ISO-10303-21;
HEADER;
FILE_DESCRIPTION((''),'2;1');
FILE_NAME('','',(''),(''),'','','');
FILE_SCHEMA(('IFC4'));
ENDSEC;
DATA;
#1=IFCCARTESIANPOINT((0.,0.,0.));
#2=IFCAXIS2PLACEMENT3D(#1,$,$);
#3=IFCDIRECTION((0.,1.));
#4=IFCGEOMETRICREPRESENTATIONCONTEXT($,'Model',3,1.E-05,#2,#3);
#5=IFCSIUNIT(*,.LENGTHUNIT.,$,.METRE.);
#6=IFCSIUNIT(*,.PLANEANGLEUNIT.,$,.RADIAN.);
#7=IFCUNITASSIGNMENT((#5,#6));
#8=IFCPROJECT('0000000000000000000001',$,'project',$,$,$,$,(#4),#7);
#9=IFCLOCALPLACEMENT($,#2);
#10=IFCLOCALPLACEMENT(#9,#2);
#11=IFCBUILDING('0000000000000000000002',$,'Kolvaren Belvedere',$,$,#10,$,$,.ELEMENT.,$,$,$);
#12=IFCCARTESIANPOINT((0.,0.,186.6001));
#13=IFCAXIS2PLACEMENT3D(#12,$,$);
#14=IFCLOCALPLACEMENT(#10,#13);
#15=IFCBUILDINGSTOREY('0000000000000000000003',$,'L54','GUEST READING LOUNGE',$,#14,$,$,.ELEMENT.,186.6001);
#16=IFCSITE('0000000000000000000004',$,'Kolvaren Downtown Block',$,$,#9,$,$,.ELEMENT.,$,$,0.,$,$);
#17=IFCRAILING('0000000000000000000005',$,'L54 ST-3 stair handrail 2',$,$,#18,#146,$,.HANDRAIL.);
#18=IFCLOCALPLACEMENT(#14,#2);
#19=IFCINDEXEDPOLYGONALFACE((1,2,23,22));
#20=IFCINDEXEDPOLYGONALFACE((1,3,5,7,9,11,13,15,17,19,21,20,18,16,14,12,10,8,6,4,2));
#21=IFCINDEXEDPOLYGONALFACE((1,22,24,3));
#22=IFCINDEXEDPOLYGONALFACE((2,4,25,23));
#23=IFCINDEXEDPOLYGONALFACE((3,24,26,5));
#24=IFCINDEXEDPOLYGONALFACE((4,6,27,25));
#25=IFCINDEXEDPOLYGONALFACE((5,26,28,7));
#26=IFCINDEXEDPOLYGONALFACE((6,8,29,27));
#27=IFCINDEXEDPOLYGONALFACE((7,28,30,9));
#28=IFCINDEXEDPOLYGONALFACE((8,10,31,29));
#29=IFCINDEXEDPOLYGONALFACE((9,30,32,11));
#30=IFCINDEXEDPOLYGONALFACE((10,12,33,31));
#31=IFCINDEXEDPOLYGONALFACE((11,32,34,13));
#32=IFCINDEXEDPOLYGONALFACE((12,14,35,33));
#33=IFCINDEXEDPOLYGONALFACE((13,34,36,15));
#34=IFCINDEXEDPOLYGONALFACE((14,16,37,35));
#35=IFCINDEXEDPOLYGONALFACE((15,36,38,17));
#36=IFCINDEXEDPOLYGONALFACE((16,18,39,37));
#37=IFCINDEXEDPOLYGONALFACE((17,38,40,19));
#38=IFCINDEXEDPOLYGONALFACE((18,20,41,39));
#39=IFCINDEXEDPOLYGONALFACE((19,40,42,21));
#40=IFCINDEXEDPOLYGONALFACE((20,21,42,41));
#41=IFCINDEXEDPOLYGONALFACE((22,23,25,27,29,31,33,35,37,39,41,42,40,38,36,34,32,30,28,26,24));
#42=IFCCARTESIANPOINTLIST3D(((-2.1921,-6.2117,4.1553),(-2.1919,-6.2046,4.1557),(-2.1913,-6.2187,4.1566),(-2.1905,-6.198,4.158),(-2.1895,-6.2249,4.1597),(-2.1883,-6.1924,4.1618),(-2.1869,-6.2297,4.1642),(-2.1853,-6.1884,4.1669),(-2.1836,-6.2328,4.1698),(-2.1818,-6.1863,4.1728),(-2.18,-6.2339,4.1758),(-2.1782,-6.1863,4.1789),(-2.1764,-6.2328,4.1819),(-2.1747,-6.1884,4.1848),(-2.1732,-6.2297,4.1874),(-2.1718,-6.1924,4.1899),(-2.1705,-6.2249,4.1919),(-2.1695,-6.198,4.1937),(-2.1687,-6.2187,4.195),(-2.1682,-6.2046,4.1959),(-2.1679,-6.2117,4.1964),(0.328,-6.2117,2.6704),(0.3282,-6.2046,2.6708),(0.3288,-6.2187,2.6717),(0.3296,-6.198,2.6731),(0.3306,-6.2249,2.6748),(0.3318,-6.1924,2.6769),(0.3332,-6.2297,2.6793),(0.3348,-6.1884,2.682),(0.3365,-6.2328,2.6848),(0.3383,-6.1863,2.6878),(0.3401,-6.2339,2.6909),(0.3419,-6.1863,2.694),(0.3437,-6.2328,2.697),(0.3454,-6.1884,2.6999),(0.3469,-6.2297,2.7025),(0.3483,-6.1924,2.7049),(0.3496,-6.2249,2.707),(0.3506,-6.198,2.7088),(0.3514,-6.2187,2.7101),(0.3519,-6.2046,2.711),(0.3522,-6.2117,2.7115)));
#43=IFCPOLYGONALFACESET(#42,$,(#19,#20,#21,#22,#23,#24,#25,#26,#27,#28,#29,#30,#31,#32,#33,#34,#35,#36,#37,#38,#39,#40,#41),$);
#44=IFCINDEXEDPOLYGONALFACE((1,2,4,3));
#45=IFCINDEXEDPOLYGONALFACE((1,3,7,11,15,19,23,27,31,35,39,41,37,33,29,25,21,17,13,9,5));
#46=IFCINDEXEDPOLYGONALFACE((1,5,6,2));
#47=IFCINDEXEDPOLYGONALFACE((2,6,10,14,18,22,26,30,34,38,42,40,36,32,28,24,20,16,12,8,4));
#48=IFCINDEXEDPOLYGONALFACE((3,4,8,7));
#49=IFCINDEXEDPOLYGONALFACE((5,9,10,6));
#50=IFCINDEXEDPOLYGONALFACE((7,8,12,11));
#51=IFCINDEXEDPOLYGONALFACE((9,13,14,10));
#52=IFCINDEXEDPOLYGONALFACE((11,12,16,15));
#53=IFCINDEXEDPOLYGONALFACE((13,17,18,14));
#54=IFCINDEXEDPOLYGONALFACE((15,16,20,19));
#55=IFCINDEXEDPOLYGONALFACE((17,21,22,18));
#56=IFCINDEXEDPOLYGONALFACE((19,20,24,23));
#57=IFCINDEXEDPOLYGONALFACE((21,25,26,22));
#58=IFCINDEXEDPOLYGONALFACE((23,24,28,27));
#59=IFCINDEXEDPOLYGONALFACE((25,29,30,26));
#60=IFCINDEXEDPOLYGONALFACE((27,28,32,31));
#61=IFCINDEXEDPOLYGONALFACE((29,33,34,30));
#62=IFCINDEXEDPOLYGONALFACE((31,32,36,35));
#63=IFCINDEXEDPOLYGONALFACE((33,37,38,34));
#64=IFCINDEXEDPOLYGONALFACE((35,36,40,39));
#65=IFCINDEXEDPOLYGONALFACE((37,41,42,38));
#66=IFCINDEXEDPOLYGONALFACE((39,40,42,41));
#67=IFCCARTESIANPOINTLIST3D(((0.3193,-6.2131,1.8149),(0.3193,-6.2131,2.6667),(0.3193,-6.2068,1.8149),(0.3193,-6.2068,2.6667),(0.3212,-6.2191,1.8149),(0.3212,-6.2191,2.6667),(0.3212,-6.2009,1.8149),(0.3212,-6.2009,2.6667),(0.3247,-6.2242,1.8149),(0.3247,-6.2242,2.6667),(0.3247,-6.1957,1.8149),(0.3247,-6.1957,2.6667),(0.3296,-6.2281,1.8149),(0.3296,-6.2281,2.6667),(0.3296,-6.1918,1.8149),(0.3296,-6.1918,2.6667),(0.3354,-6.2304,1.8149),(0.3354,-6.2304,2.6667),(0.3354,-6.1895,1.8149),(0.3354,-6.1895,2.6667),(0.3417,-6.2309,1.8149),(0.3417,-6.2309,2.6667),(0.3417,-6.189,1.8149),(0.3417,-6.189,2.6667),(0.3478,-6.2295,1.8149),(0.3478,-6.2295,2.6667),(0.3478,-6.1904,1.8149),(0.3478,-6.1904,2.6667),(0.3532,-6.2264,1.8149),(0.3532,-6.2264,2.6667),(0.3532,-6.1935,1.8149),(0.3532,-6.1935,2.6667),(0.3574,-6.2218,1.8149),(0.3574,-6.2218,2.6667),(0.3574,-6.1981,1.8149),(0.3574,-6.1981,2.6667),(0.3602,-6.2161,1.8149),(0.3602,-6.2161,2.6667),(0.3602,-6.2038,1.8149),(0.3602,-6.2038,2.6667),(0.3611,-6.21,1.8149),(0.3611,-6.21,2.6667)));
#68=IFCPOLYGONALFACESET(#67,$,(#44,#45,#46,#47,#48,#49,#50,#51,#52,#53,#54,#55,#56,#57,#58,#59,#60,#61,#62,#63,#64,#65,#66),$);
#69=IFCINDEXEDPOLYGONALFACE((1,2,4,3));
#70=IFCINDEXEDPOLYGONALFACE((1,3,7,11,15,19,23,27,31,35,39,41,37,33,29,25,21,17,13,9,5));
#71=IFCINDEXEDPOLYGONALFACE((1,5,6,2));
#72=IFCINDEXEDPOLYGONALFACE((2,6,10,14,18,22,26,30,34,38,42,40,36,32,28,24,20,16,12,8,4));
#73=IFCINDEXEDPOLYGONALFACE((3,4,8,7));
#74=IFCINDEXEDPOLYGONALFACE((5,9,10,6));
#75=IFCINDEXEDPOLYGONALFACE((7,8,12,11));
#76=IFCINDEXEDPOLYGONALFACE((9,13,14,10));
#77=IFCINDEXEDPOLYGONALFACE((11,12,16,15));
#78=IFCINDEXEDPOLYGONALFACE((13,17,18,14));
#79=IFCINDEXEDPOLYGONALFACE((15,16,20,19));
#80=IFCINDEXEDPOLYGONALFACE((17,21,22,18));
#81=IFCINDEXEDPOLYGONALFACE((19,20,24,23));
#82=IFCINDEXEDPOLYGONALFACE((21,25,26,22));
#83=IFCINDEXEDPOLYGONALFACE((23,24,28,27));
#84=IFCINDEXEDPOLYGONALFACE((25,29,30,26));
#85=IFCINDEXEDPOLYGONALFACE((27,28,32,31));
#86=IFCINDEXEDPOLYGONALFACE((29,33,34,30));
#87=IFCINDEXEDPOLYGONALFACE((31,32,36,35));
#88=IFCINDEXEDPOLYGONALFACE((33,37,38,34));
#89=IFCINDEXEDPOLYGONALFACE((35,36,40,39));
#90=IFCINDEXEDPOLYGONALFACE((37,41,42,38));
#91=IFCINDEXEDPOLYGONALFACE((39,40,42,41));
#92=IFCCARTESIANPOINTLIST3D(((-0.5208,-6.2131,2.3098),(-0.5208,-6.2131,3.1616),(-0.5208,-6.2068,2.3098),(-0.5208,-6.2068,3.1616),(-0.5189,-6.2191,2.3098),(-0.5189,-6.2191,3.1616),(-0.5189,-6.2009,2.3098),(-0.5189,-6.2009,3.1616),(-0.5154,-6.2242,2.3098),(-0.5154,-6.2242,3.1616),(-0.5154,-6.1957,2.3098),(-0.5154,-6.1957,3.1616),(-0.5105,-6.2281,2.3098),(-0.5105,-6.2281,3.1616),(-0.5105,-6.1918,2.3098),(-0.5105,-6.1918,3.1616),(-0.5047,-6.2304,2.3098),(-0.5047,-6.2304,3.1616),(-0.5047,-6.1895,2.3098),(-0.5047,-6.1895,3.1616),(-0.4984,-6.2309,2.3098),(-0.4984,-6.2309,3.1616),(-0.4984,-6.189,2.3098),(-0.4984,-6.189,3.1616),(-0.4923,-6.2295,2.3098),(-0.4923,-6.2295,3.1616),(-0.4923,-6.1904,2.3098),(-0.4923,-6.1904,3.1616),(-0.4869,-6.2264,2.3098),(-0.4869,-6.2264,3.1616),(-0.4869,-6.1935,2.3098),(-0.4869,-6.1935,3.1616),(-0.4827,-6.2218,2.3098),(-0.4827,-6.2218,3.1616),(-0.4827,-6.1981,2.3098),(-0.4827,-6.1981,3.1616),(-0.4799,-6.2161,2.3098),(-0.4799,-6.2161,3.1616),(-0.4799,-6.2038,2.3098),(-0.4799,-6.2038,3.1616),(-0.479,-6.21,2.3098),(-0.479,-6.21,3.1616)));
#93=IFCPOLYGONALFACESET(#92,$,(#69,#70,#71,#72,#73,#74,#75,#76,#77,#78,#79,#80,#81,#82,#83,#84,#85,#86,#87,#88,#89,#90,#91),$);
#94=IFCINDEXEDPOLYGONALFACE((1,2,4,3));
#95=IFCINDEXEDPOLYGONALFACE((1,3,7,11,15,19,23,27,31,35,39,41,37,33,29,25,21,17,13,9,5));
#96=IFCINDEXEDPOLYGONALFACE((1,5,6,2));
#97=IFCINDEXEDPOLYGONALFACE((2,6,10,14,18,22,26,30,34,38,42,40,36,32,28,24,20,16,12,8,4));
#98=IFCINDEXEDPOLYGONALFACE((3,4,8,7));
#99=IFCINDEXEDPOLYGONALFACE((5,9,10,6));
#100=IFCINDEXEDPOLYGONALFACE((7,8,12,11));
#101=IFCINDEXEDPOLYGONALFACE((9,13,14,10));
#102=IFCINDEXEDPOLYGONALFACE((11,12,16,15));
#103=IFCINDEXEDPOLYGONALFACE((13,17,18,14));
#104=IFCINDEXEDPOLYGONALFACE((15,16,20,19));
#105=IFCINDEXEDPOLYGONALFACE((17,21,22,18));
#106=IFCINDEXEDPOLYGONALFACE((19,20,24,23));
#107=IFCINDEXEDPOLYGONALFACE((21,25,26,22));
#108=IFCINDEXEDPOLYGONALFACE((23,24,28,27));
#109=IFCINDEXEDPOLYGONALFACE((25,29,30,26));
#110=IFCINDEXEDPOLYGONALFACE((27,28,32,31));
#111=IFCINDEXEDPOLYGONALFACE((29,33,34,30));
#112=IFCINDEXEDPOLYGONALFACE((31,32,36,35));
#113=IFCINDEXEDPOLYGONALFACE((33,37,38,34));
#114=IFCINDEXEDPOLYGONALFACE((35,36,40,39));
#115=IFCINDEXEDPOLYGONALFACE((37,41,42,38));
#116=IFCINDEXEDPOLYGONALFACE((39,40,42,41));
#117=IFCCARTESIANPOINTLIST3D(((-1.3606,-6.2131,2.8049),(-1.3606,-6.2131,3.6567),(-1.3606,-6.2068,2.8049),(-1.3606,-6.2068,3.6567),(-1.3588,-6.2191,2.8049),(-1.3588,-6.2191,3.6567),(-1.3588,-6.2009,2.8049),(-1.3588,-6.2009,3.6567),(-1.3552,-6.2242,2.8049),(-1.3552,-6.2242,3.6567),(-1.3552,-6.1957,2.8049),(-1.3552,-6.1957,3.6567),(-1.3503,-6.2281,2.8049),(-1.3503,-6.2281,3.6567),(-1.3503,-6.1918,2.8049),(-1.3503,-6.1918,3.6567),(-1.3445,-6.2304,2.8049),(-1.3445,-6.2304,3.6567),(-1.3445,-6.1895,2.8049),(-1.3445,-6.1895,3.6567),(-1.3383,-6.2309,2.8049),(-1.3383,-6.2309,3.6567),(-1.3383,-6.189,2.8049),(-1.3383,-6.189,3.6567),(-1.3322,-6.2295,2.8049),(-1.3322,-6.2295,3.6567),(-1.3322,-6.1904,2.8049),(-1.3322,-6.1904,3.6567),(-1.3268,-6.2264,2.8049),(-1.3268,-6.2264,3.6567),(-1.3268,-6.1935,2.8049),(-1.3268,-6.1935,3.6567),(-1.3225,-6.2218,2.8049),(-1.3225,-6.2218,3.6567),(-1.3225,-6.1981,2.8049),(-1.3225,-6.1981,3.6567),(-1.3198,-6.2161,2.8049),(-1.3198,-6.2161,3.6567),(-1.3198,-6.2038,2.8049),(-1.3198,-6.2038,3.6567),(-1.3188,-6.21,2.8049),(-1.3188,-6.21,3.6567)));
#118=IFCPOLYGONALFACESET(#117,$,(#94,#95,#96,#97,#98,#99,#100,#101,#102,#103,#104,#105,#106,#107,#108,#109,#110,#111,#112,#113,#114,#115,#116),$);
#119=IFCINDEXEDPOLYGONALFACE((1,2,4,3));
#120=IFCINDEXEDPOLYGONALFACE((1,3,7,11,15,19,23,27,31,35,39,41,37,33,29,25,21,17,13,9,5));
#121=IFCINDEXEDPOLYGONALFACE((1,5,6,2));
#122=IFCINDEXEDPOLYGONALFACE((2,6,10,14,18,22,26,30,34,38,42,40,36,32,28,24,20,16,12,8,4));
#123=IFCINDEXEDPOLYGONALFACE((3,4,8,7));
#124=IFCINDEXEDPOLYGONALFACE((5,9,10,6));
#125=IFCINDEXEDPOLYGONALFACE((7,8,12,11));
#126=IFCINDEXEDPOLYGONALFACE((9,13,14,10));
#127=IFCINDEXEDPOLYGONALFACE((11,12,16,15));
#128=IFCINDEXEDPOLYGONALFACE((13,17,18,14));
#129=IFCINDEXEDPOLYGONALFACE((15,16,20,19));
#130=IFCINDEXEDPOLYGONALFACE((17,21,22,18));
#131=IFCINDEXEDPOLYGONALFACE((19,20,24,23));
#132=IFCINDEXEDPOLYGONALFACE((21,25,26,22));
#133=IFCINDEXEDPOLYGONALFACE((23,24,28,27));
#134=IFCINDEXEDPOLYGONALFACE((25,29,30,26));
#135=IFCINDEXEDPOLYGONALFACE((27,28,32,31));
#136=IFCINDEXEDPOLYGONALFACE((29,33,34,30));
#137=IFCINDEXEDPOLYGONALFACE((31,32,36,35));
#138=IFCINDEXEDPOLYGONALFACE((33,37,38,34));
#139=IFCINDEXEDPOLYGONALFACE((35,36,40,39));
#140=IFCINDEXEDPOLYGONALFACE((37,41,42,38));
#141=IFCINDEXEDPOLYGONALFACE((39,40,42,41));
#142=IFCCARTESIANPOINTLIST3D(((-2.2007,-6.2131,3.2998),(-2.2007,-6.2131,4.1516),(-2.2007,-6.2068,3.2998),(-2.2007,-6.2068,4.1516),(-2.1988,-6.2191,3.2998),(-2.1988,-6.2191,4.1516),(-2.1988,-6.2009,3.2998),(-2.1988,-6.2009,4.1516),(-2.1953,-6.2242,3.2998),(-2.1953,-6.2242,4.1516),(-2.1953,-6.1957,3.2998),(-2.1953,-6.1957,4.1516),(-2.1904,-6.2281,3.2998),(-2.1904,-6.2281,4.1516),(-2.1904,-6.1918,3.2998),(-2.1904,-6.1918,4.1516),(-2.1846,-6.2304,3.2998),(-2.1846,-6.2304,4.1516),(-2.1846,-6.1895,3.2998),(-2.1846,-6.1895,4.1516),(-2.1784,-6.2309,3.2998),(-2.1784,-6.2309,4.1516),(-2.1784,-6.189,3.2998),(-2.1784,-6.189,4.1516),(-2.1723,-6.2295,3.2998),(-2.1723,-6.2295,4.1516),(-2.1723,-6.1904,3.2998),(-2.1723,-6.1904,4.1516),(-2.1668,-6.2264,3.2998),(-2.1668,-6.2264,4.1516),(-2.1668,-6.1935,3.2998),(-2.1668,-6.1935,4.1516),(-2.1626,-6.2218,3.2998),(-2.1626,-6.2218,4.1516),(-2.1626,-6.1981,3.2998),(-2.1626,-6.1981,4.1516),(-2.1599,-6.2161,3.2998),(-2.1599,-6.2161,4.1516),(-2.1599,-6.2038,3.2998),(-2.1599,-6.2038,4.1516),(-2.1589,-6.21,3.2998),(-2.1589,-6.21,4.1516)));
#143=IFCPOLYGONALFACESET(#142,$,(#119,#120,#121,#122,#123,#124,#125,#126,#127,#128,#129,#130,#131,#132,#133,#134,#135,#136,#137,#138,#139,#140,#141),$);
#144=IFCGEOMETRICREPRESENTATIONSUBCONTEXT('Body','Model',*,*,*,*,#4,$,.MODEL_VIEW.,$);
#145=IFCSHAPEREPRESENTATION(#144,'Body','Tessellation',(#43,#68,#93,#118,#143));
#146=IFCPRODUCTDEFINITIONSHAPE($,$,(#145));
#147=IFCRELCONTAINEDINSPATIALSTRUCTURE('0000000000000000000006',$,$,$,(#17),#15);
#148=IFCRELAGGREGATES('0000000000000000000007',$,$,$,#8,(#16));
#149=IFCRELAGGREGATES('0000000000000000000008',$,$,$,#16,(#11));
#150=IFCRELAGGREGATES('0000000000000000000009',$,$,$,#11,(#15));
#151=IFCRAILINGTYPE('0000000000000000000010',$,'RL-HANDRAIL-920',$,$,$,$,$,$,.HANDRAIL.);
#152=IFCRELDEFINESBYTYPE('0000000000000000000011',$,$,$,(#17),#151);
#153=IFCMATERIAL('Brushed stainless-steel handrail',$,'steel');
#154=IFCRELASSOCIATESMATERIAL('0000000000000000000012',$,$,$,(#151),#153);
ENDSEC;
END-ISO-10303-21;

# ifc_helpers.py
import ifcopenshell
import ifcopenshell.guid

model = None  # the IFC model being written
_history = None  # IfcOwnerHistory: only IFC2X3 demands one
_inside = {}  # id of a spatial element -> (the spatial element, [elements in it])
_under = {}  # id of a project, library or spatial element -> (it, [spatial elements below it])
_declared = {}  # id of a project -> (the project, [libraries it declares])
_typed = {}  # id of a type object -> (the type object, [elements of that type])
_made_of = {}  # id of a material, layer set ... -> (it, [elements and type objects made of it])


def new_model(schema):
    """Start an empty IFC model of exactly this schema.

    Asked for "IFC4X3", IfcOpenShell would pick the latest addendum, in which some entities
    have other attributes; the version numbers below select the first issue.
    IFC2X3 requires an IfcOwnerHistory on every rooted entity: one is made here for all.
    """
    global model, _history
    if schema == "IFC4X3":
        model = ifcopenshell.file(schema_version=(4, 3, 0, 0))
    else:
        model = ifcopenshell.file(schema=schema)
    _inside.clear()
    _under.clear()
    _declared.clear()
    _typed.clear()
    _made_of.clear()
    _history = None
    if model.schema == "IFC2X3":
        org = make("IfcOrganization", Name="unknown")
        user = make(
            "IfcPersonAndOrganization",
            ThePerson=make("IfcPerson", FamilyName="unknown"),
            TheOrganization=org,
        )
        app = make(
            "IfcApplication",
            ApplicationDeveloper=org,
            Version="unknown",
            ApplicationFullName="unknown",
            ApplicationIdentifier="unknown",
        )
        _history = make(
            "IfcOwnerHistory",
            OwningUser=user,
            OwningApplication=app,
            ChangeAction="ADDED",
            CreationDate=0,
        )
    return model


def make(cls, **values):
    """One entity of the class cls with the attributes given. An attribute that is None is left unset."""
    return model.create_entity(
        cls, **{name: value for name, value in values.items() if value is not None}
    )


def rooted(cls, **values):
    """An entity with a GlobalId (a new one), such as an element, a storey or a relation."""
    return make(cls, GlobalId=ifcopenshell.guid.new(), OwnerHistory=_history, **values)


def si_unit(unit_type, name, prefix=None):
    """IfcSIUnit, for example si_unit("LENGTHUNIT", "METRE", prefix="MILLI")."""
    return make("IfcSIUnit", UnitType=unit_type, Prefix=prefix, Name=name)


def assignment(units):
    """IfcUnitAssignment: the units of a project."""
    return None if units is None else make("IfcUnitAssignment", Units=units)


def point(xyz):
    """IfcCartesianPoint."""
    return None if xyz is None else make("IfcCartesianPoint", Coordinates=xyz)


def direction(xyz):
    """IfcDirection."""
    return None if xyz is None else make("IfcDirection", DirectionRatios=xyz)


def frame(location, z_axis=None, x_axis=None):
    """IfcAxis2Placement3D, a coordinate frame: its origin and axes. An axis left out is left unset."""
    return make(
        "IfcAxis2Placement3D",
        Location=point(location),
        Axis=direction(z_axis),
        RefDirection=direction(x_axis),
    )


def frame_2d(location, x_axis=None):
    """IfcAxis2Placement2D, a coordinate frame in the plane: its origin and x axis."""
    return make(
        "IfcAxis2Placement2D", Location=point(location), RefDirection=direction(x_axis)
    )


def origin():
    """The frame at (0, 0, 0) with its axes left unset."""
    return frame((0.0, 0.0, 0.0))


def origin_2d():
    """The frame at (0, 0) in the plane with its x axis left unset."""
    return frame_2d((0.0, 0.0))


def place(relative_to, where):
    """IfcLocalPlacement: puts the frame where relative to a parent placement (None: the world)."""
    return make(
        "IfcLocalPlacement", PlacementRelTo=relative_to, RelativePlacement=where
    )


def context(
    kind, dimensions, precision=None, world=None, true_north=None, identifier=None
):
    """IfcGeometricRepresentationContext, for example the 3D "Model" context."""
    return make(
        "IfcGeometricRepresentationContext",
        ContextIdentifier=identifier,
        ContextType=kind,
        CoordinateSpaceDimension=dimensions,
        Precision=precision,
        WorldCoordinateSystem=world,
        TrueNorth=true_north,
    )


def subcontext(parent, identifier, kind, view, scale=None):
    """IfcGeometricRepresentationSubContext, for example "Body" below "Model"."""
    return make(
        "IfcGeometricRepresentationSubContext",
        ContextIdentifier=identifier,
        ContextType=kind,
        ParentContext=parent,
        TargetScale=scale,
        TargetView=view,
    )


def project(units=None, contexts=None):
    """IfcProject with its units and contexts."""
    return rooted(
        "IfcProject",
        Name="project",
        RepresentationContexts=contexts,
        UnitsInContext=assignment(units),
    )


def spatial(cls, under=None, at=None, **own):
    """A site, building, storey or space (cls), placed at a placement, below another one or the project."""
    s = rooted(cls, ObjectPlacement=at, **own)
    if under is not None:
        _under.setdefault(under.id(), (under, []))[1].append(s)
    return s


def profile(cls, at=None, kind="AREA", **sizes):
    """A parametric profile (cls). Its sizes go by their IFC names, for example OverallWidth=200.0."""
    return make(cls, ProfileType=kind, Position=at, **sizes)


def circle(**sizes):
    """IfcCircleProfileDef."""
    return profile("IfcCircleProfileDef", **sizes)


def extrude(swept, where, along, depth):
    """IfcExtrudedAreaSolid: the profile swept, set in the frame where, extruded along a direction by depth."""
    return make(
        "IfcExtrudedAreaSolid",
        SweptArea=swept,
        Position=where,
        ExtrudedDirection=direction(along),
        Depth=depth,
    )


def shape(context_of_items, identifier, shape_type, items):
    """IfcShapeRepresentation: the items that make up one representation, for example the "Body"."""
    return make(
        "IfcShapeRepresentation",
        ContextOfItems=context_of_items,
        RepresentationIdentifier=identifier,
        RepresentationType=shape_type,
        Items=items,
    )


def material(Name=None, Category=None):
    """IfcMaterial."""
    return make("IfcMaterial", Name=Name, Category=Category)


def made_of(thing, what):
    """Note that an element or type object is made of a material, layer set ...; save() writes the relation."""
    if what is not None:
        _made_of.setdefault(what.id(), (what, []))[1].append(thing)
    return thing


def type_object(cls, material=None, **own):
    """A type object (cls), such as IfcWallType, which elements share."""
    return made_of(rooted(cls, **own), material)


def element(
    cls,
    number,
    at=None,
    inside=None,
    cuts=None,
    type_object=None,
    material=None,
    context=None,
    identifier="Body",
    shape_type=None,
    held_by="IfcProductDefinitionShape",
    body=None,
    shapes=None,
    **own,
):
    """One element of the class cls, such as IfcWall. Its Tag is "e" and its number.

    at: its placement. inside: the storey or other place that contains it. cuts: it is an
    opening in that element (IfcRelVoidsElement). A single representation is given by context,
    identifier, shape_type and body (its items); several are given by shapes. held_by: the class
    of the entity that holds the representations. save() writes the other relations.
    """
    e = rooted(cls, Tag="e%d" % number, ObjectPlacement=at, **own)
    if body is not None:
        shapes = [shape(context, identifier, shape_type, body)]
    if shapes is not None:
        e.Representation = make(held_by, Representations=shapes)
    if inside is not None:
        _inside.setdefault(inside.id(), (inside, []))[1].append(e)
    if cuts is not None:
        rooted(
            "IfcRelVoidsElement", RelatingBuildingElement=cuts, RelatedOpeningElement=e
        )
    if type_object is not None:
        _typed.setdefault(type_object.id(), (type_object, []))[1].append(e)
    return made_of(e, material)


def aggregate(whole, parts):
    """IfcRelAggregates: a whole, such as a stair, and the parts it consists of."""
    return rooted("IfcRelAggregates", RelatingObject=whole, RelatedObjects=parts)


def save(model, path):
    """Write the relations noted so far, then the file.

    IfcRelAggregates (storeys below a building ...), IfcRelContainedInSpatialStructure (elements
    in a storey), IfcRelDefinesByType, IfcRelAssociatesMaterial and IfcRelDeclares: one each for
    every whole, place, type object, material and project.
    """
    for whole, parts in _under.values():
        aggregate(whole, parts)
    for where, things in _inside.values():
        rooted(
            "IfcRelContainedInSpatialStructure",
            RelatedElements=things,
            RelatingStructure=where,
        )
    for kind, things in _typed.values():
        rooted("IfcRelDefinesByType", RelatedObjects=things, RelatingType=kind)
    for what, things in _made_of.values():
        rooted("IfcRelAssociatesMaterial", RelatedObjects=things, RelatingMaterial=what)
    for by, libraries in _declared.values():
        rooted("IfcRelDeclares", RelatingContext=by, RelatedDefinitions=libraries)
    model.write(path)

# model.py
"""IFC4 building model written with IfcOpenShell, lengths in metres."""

from ifc_helpers import new_model, si_unit, direction, frame, origin, origin_2d, place, context, subcontext, project, spatial, circle, extrude, material, type_object, element, save


model = new_model("IFC4")

# Units and contexts
model_context = context("Model", 3, precision=1e-05, world=origin(), true_north=direction((0.0, 1.0)))
body_context = subcontext(model_context, "Body", "Model", "MODEL_VIEW")
ifc_project = project(units=[si_unit("LENGTHUNIT", "METRE"), si_unit("PLANEANGLEUNIT", "RADIAN")], contexts=[model_context])

# Site, building, storey
site_placement = place(None, origin())
site = spatial("IfcSite", under=ifc_project, at=site_placement, Name="Kolvaren Downtown Block", CompositionType="ELEMENT", RefElevation=0.0)
building_placement = place(site_placement, origin())
building = spatial("IfcBuilding", under=site, at=building_placement, Name="Kolvaren Belvedere", CompositionType="ELEMENT")
storey_placement = place(building_placement, frame((0.0, 0.0, 186.6001)))
storey = spatial("IfcBuildingStorey", under=building, at=storey_placement, Name="L54", Description="GUEST READING LOUNGE", CompositionType="ELEMENT", Elevation=186.6001)

# Railing
ifc_material_1 = material(Name="Brushed stainless-steel handrail", Category="steel")
railing_type_1 = type_object("IfcRailingType", Name="RL-HANDRAIL-920", PredefinedType="HANDRAIL", material=ifc_material_1)
railing_1_placement = place(storey_placement, frame((0.3401, -6.21, 1.8149)))
element("IfcRailing", 1, at=railing_1_placement, inside=storey, type_object=railing_type_1, Name="L54 ST-3 stair handrail 2", PredefinedType="HANDRAIL", context=body_context, shape_type="SweptSolid", body=[
    extrude(circle(Radius=0.0239, at=origin_2d()), frame((0.0, 0.0, 0.876), z_axis=(-0.861561, 0.0, 0.507655), x_axis=(0.0, -1.0, 0.0)), (0.0, 0.0, 1.0), 2.925),
    extrude(circle(Radius=0.021, at=origin_2d()), origin(), (0.0, 0.0, 1.0), 0.8518),
    extrude(circle(Radius=0.021, at=origin_2d()), frame((-0.8401, 0.0, 0.4949)), (0.0, 0.0, 1.0), 0.8518),
    extrude(circle(Radius=0.021, at=origin_2d()), frame((-1.6799, 0.0, 0.99)), (0.0, 0.0, 1.0), 0.8518),
    extrude(circle(Radius=0.021, at=origin_2d()), frame((-2.52, 0.0, 1.4849)), (0.0, 0.0, 1.0), 0.8518),
])

save(model, "model.ifc")
